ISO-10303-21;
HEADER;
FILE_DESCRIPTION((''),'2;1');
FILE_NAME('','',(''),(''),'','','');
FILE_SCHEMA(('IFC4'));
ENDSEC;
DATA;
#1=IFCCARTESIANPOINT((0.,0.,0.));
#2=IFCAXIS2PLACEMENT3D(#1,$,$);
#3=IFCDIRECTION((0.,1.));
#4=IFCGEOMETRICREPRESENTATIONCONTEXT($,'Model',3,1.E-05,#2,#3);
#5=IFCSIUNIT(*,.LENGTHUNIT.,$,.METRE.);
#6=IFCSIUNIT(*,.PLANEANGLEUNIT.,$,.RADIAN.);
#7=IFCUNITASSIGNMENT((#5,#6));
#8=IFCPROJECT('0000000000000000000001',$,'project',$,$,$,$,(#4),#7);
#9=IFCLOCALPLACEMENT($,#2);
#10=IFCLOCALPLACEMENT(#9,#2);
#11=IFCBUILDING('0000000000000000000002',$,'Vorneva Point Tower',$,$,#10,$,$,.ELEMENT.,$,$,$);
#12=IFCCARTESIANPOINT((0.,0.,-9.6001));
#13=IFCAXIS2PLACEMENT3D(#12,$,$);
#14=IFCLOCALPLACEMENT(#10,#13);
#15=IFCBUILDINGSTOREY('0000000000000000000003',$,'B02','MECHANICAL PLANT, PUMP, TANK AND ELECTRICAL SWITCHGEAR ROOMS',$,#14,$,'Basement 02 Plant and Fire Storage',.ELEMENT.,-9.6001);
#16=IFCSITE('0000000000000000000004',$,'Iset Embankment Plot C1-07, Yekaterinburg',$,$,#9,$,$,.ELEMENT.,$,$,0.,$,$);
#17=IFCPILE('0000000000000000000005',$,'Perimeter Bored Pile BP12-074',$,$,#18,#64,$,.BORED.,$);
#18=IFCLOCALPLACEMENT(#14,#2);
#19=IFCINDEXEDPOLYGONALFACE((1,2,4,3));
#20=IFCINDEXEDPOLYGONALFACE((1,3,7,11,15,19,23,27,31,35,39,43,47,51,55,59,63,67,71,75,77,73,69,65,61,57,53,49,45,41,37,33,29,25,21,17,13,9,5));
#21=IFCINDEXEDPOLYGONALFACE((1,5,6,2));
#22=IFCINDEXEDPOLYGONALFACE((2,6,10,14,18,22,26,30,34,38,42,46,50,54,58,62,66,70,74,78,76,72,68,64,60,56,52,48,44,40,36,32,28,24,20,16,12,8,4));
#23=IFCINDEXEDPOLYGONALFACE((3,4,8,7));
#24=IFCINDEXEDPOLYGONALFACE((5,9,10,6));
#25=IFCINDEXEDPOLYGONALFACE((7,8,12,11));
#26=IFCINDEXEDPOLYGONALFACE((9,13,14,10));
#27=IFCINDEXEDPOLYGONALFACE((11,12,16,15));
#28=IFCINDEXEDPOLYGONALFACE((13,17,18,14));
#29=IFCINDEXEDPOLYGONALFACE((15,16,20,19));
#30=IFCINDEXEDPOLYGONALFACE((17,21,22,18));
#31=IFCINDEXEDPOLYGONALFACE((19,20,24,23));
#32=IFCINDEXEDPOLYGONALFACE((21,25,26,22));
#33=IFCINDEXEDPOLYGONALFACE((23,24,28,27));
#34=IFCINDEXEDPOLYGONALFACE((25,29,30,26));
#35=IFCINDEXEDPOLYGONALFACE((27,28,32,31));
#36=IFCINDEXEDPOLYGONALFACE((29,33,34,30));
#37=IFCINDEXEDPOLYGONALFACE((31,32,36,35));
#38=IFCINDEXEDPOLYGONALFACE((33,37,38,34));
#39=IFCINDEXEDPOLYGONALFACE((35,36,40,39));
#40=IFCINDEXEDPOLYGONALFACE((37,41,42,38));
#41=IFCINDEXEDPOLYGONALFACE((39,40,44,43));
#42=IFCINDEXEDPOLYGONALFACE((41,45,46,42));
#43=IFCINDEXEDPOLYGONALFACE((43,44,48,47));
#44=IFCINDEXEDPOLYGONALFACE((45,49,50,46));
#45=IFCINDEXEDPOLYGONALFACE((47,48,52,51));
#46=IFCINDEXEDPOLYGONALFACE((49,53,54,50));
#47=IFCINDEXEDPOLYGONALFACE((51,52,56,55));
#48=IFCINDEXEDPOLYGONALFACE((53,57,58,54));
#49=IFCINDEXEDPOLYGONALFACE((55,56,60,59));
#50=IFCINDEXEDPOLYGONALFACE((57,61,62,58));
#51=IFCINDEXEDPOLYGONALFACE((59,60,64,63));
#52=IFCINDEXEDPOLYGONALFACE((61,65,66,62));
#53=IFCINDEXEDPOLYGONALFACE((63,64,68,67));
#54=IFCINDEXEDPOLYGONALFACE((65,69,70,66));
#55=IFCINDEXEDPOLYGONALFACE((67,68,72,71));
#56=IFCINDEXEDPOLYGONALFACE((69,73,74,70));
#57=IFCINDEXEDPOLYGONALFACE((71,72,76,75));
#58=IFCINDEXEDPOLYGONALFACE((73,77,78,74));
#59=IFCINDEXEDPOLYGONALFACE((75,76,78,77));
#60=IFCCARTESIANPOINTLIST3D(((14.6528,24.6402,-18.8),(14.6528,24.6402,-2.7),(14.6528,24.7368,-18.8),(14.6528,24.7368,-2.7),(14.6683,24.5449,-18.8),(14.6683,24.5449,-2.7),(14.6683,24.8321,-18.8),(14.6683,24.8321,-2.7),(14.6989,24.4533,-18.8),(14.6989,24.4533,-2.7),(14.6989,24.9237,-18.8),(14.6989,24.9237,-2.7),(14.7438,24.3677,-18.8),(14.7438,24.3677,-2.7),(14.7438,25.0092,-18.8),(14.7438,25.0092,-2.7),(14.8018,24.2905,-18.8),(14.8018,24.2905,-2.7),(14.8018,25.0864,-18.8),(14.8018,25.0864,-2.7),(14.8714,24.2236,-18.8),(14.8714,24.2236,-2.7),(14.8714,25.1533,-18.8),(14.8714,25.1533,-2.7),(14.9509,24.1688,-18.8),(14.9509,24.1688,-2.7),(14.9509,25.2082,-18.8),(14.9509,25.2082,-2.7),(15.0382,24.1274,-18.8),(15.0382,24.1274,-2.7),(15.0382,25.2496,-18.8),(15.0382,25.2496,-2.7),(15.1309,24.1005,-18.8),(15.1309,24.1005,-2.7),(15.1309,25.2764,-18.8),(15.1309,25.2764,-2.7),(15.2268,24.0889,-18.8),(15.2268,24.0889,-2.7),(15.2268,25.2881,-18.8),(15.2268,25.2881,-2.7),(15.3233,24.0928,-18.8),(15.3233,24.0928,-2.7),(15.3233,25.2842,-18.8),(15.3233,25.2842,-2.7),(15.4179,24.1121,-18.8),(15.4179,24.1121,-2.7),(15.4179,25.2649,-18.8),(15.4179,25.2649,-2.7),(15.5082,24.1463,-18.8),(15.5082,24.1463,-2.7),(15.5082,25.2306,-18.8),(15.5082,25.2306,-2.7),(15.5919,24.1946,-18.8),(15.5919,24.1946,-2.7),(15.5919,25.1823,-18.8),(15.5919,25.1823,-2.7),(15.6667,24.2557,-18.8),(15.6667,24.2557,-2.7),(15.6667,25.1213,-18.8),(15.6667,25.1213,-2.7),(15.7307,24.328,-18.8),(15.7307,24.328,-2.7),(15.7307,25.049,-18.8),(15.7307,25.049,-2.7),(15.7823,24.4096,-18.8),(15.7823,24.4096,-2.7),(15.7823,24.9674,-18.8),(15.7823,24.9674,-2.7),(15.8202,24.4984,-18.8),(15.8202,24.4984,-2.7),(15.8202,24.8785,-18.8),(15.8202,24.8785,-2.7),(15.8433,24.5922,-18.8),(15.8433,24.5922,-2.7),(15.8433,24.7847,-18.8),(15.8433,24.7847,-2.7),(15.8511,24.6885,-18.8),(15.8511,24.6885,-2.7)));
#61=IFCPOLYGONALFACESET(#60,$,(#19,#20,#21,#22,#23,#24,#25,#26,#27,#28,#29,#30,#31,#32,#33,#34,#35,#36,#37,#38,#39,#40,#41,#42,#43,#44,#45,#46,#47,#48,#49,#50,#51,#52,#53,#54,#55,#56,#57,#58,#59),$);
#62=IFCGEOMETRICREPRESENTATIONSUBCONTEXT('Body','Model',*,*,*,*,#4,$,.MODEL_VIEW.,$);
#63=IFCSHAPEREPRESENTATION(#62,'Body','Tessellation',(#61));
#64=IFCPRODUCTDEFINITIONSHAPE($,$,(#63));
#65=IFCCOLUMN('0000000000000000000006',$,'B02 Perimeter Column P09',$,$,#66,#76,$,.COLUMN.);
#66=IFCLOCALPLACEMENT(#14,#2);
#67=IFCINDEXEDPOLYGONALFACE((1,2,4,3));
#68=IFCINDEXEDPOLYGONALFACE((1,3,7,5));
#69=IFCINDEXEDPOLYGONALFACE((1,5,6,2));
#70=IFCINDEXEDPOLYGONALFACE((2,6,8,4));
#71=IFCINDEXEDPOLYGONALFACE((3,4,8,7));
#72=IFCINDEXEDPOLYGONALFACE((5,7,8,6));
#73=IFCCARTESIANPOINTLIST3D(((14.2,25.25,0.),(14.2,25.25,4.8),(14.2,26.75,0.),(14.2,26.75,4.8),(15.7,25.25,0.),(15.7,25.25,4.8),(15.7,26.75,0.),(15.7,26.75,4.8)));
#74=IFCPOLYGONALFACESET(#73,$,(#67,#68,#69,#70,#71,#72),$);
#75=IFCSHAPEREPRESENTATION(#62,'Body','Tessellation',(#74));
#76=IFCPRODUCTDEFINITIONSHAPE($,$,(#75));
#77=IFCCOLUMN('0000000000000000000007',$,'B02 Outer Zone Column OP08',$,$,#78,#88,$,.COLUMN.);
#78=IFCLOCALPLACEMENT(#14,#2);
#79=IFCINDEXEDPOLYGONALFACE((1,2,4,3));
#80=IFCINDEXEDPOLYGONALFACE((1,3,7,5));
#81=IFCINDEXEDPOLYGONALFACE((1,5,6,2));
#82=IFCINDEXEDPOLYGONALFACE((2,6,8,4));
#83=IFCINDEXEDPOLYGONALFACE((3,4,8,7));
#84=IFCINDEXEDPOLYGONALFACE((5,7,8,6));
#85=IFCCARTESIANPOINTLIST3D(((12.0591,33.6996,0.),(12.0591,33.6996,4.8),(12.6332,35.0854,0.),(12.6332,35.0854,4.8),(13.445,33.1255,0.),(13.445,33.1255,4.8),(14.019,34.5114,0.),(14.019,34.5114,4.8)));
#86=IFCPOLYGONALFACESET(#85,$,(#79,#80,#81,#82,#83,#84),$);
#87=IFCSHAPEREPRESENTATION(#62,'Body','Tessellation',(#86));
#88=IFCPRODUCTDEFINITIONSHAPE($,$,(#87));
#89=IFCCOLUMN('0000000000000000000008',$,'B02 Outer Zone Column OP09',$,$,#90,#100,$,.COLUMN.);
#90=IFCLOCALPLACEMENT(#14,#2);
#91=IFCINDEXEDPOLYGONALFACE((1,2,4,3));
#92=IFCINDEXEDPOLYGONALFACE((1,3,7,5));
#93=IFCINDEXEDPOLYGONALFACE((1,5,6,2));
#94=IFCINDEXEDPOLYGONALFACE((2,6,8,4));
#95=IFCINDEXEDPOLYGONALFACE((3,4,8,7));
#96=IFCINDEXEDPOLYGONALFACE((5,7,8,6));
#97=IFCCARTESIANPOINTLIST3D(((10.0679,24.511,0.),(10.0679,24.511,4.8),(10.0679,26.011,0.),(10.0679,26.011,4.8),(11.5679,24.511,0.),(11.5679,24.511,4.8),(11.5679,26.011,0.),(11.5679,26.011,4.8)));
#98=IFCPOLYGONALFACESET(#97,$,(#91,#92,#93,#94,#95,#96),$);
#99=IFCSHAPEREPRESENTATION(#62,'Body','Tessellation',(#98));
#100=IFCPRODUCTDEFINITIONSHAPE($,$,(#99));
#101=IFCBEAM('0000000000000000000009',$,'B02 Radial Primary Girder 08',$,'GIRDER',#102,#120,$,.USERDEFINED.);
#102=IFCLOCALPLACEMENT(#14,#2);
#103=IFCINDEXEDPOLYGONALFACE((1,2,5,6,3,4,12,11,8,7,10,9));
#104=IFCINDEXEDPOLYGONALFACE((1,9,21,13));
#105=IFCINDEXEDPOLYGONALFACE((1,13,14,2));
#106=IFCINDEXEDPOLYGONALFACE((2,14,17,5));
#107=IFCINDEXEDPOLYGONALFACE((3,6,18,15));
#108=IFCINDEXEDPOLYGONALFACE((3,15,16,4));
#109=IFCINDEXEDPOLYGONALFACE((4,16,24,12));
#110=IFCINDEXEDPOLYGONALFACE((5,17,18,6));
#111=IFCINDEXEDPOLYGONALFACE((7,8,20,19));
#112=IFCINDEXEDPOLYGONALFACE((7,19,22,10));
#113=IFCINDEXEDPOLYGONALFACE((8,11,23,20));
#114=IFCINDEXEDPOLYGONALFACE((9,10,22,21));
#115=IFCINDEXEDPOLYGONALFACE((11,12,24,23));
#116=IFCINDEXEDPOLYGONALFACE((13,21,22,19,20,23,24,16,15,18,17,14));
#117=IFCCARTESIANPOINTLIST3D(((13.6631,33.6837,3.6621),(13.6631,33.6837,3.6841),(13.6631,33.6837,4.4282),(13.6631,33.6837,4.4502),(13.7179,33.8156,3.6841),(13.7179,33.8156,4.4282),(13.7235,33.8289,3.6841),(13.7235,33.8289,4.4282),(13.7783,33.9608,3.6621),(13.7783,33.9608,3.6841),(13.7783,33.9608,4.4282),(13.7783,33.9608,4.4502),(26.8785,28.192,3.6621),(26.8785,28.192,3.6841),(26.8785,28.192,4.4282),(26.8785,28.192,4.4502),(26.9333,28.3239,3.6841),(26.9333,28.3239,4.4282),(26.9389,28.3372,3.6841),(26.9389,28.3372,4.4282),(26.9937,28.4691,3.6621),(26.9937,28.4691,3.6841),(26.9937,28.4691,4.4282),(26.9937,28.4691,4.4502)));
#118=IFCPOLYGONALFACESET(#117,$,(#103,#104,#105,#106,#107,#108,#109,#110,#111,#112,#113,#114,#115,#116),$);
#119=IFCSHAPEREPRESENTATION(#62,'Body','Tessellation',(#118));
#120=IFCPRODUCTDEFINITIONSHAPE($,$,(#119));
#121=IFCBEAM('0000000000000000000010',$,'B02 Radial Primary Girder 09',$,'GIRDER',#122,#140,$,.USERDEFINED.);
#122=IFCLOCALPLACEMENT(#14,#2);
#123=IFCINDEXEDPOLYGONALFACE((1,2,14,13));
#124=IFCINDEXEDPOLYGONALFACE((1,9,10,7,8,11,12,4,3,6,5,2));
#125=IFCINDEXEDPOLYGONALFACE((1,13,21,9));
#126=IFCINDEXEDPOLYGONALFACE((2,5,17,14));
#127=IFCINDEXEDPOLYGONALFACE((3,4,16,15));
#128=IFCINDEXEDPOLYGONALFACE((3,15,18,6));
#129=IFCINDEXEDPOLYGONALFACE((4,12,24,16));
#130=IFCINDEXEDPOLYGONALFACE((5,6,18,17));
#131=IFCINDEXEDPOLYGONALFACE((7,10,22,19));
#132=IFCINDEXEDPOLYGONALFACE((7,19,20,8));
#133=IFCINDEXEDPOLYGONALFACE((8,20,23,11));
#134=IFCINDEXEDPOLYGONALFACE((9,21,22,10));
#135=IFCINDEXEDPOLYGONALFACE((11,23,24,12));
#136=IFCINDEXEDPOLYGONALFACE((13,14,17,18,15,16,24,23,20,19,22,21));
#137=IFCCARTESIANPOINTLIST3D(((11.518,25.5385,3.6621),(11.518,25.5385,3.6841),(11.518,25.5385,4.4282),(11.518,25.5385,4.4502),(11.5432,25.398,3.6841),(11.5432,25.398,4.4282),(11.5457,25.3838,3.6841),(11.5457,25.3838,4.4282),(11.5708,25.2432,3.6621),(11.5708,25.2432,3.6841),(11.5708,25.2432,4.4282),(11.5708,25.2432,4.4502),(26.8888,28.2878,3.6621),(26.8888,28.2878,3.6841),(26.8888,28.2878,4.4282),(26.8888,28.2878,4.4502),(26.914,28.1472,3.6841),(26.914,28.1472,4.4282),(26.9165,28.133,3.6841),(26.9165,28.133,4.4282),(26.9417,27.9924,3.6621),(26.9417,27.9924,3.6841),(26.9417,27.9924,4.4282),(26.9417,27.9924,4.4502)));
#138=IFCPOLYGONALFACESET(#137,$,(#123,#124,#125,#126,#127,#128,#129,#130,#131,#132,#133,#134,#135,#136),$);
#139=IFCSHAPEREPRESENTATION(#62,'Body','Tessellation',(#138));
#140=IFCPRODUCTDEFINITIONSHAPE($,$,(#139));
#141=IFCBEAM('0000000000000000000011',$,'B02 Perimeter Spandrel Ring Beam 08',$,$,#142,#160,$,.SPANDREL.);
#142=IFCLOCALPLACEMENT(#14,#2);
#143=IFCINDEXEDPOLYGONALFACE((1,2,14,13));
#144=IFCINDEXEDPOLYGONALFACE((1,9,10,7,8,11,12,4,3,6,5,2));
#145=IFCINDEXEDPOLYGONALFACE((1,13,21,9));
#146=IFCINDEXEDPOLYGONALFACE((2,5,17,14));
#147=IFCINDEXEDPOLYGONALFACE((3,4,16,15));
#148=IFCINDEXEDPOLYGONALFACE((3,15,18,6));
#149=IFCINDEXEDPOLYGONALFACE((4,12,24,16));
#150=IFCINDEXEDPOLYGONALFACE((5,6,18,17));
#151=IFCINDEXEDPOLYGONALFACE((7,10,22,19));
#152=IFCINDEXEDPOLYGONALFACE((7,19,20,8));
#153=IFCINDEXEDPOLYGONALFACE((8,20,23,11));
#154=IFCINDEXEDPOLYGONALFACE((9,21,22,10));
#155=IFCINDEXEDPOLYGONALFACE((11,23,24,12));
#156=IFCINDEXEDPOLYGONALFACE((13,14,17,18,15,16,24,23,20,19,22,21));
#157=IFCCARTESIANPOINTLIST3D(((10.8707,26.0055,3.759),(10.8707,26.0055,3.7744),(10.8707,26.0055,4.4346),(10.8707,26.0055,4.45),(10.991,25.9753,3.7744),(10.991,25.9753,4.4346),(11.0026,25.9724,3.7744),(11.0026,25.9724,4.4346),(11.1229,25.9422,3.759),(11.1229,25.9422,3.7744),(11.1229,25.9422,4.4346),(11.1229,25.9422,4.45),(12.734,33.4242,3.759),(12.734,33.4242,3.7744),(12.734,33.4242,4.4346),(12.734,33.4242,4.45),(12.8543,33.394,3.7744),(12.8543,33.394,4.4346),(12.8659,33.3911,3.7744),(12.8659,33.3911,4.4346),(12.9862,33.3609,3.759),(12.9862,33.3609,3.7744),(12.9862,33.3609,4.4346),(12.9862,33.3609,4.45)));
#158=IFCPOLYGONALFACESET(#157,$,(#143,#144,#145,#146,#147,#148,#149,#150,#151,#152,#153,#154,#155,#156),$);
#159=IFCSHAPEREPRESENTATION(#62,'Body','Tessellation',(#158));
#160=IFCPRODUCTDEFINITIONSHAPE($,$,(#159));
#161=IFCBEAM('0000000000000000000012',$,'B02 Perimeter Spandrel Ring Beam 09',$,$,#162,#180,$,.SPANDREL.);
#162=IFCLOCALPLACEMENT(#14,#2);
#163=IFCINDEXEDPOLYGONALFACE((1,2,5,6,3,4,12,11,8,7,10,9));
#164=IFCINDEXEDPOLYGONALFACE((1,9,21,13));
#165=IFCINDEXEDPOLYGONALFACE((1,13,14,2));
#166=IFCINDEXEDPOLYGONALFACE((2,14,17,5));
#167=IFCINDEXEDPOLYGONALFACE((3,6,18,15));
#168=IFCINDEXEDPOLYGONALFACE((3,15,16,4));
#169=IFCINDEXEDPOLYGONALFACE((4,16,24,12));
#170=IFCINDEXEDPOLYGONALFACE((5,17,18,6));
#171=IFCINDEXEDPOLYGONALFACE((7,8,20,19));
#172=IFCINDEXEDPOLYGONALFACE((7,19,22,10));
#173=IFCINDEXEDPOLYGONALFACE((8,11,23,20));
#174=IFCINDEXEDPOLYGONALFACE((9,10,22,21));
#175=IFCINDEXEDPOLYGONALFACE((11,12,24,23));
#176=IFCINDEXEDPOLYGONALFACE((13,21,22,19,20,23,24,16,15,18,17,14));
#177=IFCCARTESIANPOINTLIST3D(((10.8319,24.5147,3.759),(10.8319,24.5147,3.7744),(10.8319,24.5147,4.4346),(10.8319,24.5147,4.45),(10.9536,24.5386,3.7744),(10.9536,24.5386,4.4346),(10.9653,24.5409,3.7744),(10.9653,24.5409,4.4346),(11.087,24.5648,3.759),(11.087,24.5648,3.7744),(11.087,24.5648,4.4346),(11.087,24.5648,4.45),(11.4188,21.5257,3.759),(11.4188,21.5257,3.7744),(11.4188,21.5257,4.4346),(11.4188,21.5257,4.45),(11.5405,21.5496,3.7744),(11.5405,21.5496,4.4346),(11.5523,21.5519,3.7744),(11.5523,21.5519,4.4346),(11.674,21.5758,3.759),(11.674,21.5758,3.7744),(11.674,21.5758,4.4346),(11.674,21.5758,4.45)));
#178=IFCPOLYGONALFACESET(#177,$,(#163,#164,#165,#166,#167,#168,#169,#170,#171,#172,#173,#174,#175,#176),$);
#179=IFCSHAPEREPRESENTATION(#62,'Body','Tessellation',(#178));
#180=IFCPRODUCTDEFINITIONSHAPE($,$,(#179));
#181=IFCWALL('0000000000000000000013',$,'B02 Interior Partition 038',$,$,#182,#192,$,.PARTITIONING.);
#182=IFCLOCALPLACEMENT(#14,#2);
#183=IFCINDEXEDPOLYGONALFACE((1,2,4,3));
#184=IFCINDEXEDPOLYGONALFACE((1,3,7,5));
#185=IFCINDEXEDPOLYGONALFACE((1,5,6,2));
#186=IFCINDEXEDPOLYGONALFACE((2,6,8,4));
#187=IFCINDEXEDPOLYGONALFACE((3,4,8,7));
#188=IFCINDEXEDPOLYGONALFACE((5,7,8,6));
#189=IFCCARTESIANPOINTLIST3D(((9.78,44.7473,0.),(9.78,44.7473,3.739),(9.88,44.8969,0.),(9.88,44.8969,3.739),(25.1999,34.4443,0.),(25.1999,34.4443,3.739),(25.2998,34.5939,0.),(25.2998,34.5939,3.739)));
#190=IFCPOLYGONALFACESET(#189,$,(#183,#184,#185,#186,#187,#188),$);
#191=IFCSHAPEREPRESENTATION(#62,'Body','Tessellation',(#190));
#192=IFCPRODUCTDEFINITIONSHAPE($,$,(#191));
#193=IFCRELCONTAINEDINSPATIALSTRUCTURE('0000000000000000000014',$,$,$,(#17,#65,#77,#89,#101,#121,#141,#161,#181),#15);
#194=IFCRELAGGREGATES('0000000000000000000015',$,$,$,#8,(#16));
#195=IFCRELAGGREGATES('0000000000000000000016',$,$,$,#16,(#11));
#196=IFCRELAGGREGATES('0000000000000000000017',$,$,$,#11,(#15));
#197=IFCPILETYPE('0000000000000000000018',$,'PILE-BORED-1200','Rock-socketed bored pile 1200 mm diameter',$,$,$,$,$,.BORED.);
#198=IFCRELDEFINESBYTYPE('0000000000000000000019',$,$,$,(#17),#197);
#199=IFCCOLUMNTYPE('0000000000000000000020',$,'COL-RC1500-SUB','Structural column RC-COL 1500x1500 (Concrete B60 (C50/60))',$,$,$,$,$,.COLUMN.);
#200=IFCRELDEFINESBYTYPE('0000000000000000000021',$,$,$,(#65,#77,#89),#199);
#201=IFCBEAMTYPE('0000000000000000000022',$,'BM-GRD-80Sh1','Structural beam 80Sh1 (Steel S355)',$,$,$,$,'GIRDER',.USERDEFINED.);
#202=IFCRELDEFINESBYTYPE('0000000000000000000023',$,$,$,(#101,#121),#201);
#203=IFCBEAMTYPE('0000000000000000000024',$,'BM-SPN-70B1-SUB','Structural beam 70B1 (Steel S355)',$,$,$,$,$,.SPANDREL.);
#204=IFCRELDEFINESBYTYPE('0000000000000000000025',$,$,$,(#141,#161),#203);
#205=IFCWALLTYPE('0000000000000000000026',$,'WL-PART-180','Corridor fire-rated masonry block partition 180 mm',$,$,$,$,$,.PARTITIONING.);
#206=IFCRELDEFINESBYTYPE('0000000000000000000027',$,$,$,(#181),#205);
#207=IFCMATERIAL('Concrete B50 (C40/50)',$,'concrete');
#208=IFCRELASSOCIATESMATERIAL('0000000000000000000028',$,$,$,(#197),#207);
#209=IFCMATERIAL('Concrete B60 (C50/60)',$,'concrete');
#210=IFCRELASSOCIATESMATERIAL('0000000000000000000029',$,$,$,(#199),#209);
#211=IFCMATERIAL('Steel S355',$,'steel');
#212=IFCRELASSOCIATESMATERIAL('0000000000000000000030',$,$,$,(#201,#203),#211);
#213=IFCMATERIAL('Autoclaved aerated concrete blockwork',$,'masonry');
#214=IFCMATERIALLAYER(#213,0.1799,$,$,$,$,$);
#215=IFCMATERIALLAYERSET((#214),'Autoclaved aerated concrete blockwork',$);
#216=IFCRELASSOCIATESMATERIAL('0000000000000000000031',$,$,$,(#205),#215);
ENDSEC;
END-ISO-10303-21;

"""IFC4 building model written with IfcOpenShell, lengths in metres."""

from ifc_helpers import new_model, si_unit, direction, frame, frame_2d, origin, origin_2d, place, context, subcontext, project, spatial, rectangle, circle, i_section, extrude, material, layer, layer_set, material_profile, profile_set, type_object, element, save


model = new_model("IFC4")

# Units and contexts
model_context = context("Model", 3, precision=1e-05, world=origin(), true_north=direction((0.0, 1.0)))
body_context = subcontext(model_context, "Body", "Model", "MODEL_VIEW")
ifc_project = project(units=[si_unit("LENGTHUNIT", "METRE"), si_unit("PLANEANGLEUNIT", "RADIAN")], contexts=[model_context])

# Site, building, storey
site_placement = place(None, origin())
site = spatial("IfcSite", under=ifc_project, at=site_placement, Name="Iset Embankment Plot C1-07, Yekaterinburg", CompositionType="ELEMENT", RefElevation=0.0)
building_placement = place(site_placement, origin())
building = spatial("IfcBuilding", under=site, at=building_placement, Name="Vorneva Point Tower", CompositionType="ELEMENT")
storey_placement = place(building_placement, frame((0.0, 0.0, -9.6001)))
storey = spatial("IfcBuildingStorey", under=building, at=storey_placement, Name="B02", Description="MECHANICAL PLANT, PUMP, TANK AND ELECTRICAL SWITCHGEAR ROOMS", LongName="Basement 02 Plant and Fire Storage", CompositionType="ELEMENT", Elevation=-9.6001)

# Shared definitions
ifc_material_1 = material(Name="Concrete B60 (C50/60)", Category="concrete")

# Pile
ifc_material_2 = material(Name="Concrete B50 (C40/50)", Category="concrete")
ifc_material_profile_1 = material_profile(ifc_material_2, circle(Radius=0.6001, at=origin_2d()), Name="PILE-1200")
ifc_profile_set_1 = profile_set([ifc_material_profile_1], Name="Concrete B50 (C40/50)")
pile_type = type_object("IfcPileType", Name="PILE-BORED-1200", Description="Rock-socketed bored pile 1200 mm diameter", PredefinedType="BORED", material=ifc_profile_set_1)
for number, where, z_axis, x_axis, name in (
    (1, (15.251, 24.6885, -2.7), (0.0, 0.0, -1.0), (1.0, 0.0, 0.0), "Perimeter Bored Pile BP12-074"),
):
    element("IfcPile", number, at=place(storey_placement, frame(where, z_axis=z_axis, x_axis=x_axis)), inside=storey, type_object=pile_type, Name=name, PredefinedType="BORED", context=body_context, shape_type="SweptSolid", body=[
        extrude(circle(Radius=0.6001, at=origin_2d()), origin(), (0.0, 0.0, 1.0), 16.1001),
    ])

# Columns
ifc_material_profile_2 = material_profile(ifc_material_1, rectangle(XDim=1.5, YDim=1.5, at=origin_2d()), Name="RC-COL 1500x1500")
ifc_profile_set_2 = profile_set([ifc_material_profile_2], Name="Concrete B60 (C50/60)")
column_type = type_object("IfcColumnType", Name="COL-RC1500-SUB", Description="Structural column RC-COL 1500x1500 (Concrete B60 (C50/60))", PredefinedType="COLUMN", material=ifc_profile_set_2)
for number, where, z_axis, x_axis, name in (
    (2, (14.95, 26.0, 0.0), (0.0, 0.0, 1.0), (-1.0, 0.0, 0.0), "B02 Perimeter Column P09"),
    (3, (13.0391, 34.1055, 0.0), (0.0, 0.0, 1.0), (-0.92388, 0.382683, 0.0), "B02 Outer Zone Column OP08"),
    (4, (10.8179, 25.261, 0.0), (0.0, 0.0, 1.0), (-1.0, 0.0, 0.0), "B02 Outer Zone Column OP09"),
):
    element("IfcColumn", number, at=place(storey_placement, frame(where, z_axis=z_axis, x_axis=x_axis)), inside=storey, type_object=column_type, Name=name, PredefinedType="COLUMN", context=body_context, shape_type="SweptSolid", body=[
        extrude(rectangle(XDim=1.5, YDim=1.5, at=origin_2d()), origin(), (0.0, 0.0, 1.0), 4.8),
    ])

# Beams
ifc_material_3 = material(Name="Steel S355", Category="steel")
ifc_material_profile_3 = material_profile(ifc_material_3, i_section(OverallWidth=0.3, OverallDepth=0.7881, WebThickness=0.0144, FlangeThickness=0.022, at=origin_2d()), Name="80Sh1")
ifc_profile_set_3 = profile_set([ifc_material_profile_3], Name="Steel S355")
beam_type_1 = type_object("IfcBeamType", Name="BM-GRD-80Sh1", Description="Structural beam 80Sh1 (Steel S355)", ElementType="GIRDER", PredefinedType="USERDEFINED", material=ifc_profile_set_3)
beam_1_placement = place(storey_placement, frame((13.7207, 33.8223, 4.0562), z_axis=(0.923441, -0.383741, 0.0), x_axis=(0.383741, 0.923441, 0.0)))
element("IfcBeam", 5, at=beam_1_placement, inside=storey, type_object=beam_type_1, Name="B02 Radial Primary Girder 08", ObjectType="GIRDER", PredefinedType="USERDEFINED", context=body_context, shape_type="SweptSolid", body=[
    extrude(i_section(OverallWidth=0.3, OverallDepth=0.7881, WebThickness=0.0144, FlangeThickness=0.022, at=origin_2d()), origin(), (0.0, 0.0, 1.0), 14.311),
])
beam_2_placement = place(storey_placement, frame((11.5444, 25.3909, 4.0562), z_axis=(0.984378, 0.176068, 0.0), x_axis=(-0.176068, 0.984378, 0.0)))
element("IfcBeam", 6, at=beam_2_placement, inside=storey, type_object=beam_type_1, Name="B02 Radial Primary Girder 09", ObjectType="GIRDER", PredefinedType="USERDEFINED", context=body_context, shape_type="SweptSolid", body=[
    extrude(i_section(OverallWidth=0.3, OverallDepth=0.7881, WebThickness=0.0144, FlangeThickness=0.022, at=origin_2d()), origin(), (0.0, 0.0, 1.0), 15.6147),
])
ifc_material_profile_4 = material_profile(ifc_material_3, i_section(OverallWidth=0.26, OverallDepth=0.6909, WebThickness=0.012, FlangeThickness=0.0154, at=origin_2d()), Name="70B1")
ifc_profile_set_4 = profile_set([ifc_material_profile_4], Name="Steel S355")
beam_type_2 = type_object("IfcBeamType", Name="BM-SPN-70B1-SUB", Description="Structural beam 70B1 (Steel S355)", PredefinedType="SPANDREL", material=ifc_profile_set_4)
beam_3_placement = place(storey_placement, frame((12.8601, 33.3926, 4.1045), z_axis=(-0.243594, -0.969877, 0.0), x_axis=(0.969877, -0.243594, 0.0)))
element("IfcBeam", 7, at=beam_3_placement, inside=storey, type_object=beam_type_2, Name="B02 Perimeter Spandrel Ring Beam 08", PredefinedType="SPANDREL", context=body_context, shape_type="SweptSolid", body=[
    extrude(i_section(OverallWidth=0.26, OverallDepth=0.6909, WebThickness=0.012, FlangeThickness=0.0154, at=origin_2d()), origin(), (0.0, 0.0, 1.0), 7.6492),
])
beam_4_placement = place(storey_placement, frame((10.9595, 24.5398, 4.1045), z_axis=(0.192678, -0.981262, 0.0), x_axis=(0.981262, 0.192678, 0.0)))
element("IfcBeam", 8, at=beam_4_placement, inside=storey, type_object=beam_type_2, Name="B02 Perimeter Spandrel Ring Beam 09", PredefinedType="SPANDREL", context=body_context, shape_type="SweptSolid", body=[
    extrude(i_section(OverallWidth=0.26, OverallDepth=0.6909, WebThickness=0.012, FlangeThickness=0.0154, at=origin_2d()), origin(), (0.0, 0.0, 1.0), 3.0461),
])

# Wall
ifc_material_4 = material(Name="Autoclaved aerated concrete blockwork", Category="masonry")
ifc_layer_1 = layer(ifc_material_4, 0.1799)
ifc_layer_set_1 = layer_set([ifc_layer_1], Name="Autoclaved aerated concrete blockwork")
wall_type_1 = type_object("IfcWallType", Name="WL-PART-180", Description="Corridor fire-rated masonry block partition 180 mm", PredefinedType="PARTITIONING", material=ifc_layer_set_1)
wall_1_placement = place(storey_placement, frame((9.8301, 44.822, 0.0), z_axis=(0.0, 0.0, 1.0), x_axis=(0.831477, -0.55556, 0.0)))
element("IfcWall", 9, at=wall_1_placement, inside=storey, type_object=wall_type_1, Name="B02 Interior Partition 038", PredefinedType="PARTITIONING", context=body_context, shape_type="SweptSolid", body=[
    extrude(rectangle(XDim=18.5452, YDim=0.1799, at=frame_2d((9.2725, 0.0))), origin(), (0.0, 0.0, 1.0), 3.739),
])

save(model, "model.ifc")
